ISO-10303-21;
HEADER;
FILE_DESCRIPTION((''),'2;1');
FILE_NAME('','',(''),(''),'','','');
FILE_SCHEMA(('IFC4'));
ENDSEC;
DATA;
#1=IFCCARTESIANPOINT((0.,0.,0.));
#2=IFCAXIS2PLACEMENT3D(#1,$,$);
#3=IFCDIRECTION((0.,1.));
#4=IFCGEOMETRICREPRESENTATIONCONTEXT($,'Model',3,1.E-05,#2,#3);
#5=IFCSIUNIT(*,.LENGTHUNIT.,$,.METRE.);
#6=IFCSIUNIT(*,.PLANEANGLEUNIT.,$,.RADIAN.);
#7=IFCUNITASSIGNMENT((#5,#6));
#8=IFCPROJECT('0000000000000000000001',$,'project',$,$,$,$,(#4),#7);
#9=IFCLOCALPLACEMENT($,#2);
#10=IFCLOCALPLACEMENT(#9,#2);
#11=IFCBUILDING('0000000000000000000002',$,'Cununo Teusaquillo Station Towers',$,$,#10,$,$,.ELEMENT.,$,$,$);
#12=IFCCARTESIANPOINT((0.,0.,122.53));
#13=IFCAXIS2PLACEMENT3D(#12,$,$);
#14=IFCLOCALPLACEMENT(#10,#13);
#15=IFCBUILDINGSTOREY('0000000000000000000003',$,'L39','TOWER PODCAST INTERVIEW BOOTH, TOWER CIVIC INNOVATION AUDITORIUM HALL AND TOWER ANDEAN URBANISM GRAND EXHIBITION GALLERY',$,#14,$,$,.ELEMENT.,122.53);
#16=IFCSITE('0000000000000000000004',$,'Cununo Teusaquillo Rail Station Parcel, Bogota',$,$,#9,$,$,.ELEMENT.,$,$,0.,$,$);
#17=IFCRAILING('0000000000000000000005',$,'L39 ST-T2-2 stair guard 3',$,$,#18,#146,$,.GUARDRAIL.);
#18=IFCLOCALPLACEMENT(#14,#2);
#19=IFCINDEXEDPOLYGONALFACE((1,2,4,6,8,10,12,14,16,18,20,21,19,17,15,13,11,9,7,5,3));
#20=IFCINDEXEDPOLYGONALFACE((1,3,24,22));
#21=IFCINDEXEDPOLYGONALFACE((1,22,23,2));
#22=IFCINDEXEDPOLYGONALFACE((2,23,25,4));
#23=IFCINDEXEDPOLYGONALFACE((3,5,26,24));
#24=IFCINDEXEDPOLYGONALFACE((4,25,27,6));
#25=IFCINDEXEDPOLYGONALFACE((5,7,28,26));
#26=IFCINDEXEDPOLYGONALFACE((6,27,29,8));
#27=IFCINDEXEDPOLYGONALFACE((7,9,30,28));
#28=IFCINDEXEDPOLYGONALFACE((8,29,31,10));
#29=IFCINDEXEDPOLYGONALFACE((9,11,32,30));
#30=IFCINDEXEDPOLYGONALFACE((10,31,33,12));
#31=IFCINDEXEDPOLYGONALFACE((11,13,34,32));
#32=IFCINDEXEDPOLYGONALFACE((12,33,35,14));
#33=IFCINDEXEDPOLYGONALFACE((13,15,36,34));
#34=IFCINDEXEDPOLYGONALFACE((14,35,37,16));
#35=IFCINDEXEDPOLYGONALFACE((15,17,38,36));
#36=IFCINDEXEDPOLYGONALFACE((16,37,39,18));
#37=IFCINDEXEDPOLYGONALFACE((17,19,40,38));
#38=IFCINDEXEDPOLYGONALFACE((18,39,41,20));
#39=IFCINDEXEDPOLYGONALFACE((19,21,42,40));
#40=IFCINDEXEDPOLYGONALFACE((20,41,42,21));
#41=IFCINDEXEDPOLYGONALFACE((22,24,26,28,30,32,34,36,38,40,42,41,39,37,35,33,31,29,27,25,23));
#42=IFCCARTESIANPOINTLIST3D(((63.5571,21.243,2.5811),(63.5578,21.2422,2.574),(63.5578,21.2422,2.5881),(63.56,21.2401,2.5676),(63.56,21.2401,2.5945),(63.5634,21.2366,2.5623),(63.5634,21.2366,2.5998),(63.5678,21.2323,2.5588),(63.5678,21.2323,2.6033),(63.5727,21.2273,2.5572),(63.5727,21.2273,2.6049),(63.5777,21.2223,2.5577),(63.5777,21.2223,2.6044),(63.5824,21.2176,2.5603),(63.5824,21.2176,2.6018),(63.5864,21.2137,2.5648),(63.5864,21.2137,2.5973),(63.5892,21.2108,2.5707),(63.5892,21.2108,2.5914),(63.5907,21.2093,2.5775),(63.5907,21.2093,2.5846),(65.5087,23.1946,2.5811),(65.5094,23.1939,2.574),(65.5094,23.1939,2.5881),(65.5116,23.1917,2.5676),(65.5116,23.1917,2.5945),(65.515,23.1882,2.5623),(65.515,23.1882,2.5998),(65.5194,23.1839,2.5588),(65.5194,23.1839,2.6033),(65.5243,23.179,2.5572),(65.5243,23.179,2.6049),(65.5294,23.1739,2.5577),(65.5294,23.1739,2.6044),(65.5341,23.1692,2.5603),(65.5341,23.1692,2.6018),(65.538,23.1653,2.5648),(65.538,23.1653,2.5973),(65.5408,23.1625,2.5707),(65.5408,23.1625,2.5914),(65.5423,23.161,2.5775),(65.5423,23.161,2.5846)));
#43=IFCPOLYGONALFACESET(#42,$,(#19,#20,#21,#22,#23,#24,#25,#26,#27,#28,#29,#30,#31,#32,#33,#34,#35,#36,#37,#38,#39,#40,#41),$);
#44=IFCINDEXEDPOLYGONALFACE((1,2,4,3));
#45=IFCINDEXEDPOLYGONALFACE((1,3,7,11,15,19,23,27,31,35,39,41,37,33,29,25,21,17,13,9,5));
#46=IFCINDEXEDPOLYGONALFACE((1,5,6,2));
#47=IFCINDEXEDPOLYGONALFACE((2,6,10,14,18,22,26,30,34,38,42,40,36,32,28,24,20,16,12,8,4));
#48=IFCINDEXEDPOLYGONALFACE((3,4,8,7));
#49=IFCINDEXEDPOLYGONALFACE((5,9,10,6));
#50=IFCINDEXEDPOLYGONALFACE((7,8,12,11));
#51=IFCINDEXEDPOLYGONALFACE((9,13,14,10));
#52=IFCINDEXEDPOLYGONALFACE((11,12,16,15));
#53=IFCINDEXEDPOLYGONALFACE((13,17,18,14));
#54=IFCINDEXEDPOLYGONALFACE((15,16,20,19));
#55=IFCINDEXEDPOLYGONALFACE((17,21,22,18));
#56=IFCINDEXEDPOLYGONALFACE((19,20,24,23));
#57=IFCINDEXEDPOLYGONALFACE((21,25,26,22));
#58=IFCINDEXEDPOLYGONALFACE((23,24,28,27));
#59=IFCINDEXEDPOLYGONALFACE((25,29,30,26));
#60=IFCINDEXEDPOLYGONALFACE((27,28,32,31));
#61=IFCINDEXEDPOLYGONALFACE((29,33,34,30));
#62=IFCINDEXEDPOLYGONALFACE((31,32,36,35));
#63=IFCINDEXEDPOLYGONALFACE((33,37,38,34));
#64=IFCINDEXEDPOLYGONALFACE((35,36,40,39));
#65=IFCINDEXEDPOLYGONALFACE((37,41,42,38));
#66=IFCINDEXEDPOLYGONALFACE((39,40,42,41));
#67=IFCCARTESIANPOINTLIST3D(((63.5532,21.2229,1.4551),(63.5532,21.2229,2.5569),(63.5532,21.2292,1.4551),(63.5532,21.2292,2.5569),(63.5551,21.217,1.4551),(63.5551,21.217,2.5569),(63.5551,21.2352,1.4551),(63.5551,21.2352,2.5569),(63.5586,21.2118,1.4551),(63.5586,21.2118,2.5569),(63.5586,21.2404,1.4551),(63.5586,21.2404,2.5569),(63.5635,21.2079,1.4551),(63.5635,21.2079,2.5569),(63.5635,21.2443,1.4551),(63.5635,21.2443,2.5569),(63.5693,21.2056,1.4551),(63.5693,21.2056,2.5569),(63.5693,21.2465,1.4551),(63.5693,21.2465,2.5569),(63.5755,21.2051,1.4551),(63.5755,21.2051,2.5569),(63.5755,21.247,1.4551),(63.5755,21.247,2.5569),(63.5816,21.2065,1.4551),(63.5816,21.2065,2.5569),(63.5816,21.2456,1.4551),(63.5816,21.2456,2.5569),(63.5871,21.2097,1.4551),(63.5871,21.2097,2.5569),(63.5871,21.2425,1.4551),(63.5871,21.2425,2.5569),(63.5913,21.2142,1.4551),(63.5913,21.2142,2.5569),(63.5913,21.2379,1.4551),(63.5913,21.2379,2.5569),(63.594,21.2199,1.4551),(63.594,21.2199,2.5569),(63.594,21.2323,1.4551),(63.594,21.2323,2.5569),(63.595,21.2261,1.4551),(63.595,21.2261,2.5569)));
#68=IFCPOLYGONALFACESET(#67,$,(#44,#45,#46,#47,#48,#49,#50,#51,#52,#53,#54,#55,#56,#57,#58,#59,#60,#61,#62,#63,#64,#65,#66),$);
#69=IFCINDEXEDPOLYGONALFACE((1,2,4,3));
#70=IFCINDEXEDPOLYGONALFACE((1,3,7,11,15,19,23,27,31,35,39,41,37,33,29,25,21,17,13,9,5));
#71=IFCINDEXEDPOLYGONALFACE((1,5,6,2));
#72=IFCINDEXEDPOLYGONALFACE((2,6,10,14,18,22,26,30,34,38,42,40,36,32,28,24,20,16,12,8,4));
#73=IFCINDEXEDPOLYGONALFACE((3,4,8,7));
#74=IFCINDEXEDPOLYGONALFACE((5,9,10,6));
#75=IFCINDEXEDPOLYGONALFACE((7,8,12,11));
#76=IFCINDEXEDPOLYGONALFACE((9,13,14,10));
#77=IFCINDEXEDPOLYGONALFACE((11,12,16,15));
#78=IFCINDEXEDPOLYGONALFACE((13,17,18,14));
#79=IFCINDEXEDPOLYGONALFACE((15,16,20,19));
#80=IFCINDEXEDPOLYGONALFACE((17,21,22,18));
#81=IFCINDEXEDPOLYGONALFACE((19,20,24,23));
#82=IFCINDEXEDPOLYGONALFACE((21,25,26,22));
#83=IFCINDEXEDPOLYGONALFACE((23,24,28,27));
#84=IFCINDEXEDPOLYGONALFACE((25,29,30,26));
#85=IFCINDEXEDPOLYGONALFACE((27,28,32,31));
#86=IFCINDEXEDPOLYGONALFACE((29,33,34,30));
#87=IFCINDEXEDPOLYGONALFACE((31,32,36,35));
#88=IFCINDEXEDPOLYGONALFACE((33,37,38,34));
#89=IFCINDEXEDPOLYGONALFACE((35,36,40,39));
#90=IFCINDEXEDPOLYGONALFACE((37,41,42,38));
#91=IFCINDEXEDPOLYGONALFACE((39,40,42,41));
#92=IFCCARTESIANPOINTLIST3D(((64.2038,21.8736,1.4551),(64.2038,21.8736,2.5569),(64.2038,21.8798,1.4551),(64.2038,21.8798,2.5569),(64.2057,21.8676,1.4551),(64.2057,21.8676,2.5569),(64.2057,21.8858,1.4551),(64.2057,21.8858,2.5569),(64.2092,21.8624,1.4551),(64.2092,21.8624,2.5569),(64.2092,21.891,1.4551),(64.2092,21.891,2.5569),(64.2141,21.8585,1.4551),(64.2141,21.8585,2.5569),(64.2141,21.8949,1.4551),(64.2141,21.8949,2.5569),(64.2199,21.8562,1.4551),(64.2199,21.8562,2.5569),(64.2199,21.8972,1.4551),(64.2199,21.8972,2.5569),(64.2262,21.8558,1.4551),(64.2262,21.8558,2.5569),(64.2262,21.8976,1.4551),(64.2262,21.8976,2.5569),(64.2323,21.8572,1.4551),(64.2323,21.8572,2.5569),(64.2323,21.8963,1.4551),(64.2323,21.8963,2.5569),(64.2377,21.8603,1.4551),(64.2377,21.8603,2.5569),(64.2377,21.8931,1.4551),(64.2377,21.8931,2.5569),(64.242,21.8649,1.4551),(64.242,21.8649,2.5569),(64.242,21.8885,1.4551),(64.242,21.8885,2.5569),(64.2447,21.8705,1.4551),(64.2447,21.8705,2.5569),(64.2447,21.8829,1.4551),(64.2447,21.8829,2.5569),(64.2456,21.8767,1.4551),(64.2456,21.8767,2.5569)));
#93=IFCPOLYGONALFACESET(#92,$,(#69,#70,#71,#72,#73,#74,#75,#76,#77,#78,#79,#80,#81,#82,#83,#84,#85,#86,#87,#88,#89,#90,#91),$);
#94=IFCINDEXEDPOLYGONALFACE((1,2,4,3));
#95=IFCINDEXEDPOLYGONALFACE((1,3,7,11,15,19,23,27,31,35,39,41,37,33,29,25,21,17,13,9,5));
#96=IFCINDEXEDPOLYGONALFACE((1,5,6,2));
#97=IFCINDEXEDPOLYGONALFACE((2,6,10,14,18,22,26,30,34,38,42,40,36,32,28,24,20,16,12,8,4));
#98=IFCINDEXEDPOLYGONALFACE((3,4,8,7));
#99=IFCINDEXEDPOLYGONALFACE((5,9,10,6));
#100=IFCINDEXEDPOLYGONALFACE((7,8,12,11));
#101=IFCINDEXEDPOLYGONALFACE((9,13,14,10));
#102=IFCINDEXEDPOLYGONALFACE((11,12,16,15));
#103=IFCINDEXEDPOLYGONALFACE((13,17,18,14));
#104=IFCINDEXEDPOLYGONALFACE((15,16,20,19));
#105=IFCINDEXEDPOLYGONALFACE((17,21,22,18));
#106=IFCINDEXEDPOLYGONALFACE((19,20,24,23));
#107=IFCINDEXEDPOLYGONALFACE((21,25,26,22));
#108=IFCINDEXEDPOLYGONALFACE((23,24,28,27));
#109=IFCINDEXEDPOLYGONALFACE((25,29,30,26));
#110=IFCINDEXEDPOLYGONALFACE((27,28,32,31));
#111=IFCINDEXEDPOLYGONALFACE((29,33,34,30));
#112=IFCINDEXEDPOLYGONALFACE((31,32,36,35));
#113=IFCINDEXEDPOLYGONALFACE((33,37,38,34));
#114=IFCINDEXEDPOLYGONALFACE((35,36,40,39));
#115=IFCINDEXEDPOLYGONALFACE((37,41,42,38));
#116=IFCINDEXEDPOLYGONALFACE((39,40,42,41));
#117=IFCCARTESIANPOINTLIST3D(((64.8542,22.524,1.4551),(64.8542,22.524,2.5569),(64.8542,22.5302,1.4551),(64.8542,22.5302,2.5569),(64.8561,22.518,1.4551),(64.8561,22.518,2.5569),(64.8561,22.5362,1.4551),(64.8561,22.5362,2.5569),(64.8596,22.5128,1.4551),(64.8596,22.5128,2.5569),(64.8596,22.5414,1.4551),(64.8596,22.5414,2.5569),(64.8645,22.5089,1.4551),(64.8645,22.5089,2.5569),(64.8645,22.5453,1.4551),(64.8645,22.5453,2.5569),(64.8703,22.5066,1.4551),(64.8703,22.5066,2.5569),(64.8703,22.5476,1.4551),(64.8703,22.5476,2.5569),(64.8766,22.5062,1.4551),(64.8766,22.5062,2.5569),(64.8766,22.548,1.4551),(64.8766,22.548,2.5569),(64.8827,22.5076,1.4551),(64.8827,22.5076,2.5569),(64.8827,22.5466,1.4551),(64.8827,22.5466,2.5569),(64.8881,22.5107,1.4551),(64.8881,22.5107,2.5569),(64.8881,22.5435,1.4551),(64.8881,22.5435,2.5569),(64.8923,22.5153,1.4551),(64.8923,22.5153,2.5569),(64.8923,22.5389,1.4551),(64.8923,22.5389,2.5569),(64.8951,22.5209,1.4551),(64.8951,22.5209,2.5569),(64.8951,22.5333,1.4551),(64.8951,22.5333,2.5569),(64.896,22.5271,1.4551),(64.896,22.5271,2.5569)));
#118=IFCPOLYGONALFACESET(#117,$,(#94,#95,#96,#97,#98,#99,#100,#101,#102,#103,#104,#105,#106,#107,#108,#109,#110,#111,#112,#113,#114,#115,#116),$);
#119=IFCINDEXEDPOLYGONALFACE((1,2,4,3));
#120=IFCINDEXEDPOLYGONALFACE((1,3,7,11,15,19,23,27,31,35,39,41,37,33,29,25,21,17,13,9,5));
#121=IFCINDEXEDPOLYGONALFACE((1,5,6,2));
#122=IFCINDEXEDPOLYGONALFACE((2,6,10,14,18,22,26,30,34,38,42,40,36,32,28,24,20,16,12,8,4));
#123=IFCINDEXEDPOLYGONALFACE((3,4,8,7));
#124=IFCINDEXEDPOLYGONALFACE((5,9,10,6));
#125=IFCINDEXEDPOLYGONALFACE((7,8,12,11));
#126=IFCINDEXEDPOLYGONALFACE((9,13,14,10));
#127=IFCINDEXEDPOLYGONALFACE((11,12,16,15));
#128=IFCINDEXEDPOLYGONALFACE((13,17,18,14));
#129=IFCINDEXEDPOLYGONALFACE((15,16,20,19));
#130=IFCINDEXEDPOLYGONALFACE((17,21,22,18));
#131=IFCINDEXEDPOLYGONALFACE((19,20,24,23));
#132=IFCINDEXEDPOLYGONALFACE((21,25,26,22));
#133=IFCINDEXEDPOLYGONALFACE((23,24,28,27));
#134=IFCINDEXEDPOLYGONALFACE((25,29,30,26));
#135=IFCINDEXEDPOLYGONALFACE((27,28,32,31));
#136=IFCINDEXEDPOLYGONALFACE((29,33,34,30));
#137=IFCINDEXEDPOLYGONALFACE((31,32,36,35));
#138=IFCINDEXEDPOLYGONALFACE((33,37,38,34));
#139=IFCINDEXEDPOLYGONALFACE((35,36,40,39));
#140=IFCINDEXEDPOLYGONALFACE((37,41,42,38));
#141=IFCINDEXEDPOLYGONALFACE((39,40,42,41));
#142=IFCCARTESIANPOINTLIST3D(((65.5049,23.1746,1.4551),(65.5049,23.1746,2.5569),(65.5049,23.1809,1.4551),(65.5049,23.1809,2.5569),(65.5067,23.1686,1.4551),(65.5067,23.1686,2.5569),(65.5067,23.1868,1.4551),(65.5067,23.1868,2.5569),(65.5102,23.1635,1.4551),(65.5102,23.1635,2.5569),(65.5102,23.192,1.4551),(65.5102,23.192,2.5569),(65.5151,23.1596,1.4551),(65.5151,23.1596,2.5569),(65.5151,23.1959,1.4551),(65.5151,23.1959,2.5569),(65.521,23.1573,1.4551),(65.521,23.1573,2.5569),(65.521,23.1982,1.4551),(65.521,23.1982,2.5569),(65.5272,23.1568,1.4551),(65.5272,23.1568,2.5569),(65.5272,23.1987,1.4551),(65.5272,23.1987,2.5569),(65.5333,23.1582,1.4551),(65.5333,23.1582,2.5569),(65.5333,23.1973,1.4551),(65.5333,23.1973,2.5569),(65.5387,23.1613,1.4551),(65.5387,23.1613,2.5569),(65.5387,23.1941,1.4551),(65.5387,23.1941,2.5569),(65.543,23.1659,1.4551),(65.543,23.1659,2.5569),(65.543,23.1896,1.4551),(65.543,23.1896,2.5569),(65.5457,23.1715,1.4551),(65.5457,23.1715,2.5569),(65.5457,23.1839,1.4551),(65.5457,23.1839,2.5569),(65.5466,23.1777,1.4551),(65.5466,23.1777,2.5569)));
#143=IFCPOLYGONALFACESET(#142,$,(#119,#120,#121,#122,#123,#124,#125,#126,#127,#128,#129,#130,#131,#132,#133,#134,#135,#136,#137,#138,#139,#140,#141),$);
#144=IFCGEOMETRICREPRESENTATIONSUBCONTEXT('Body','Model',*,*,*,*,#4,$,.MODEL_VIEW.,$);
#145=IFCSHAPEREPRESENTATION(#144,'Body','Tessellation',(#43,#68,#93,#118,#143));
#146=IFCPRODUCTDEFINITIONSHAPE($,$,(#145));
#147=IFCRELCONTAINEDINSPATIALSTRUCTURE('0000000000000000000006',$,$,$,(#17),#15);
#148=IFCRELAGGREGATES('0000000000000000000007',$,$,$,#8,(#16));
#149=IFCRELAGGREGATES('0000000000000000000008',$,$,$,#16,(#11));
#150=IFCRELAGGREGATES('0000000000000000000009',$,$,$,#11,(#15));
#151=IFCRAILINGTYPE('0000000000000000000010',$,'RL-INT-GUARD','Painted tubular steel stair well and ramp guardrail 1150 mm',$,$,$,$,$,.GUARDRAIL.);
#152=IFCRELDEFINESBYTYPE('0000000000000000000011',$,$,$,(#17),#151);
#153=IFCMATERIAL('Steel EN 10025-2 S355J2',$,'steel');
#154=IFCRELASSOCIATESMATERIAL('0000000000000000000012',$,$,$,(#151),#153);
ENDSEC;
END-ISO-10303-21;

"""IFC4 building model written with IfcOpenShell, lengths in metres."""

from ifc_helpers import new_model, si_unit, direction, frame, origin, origin_2d, place, context, subcontext, project, spatial, circle, extrude, material, type_object, element, save


model = new_model("IFC4")

# Units and contexts
model_context = context("Model", 3, precision=1e-05, world=origin(), true_north=direction((0.0, 1.0)))
body_context = subcontext(model_context, "Body", "Model", "MODEL_VIEW")
ifc_project = project(units=[si_unit("LENGTHUNIT", "METRE"), si_unit("PLANEANGLEUNIT", "RADIAN")], contexts=[model_context])

# Site, building, storey
site_placement = place(None, origin())
site = spatial("IfcSite", under=ifc_project, at=site_placement, Name="Cununo Teusaquillo Rail Station Parcel, Bogota", CompositionType="ELEMENT", RefElevation=0.0)
building_placement = place(site_placement, origin())
building = spatial("IfcBuilding", under=site, at=building_placement, Name="Cununo Teusaquillo Station Towers", CompositionType="ELEMENT")
storey_placement = place(building_placement, frame((0.0, 0.0, 122.53)))
storey = spatial("IfcBuildingStorey", under=building, at=storey_placement, Name="L39", Description="TOWER PODCAST INTERVIEW BOOTH, TOWER CIVIC INNOVATION AUDITORIUM HALL AND TOWER ANDEAN URBANISM GRAND EXHIBITION GALLERY", CompositionType="ELEMENT", Elevation=122.53)

# Railing
ifc_material_1 = material(Name="Steel EN 10025-2 S355J2", Category="steel")
railing_type = type_object("IfcRailingType", Name="RL-INT-GUARD", Description="Painted tubular steel stair well and ramp guardrail 1150 mm", PredefinedType="GUARDRAIL", material=ifc_material_1)
railing_1_placement = place(storey_placement, frame((63.574, 21.2261, 1.4551)))
element("IfcRailing", 1, at=railing_1_placement, inside=storey, type_object=railing_type, Name="L39 ST-T2-2 stair guard 3", PredefinedType="GUARDRAIL", context=body_context, shape_type="SweptSolid", body=[
    extrude(circle(Radius=0.0239, at=origin_2d()), frame((0.0, 0.0, 1.126), z_axis=(0.707107, 0.707107, 0.0), x_axis=(-0.707107, 0.707107, 0.0)), (0.0, 0.0, 1.0), 2.76),
    extrude(circle(Radius=0.021, at=origin_2d()), origin(), (0.0, 0.0, 1.0), 1.1018),
    extrude(circle(Radius=0.021, at=origin_2d()), frame((0.6506, 0.6506, 0.0)), (0.0, 0.0, 1.0), 1.1018),
    extrude(circle(Radius=0.021, at=origin_2d()), frame((1.301, 1.301, 0.0)), (0.0, 0.0, 1.0), 1.1018),
    extrude(circle(Radius=0.021, at=origin_2d()), frame((1.9517, 1.9517, 0.0)), (0.0, 0.0, 1.0), 1.1018),
])

save(model, "model.ifc")
